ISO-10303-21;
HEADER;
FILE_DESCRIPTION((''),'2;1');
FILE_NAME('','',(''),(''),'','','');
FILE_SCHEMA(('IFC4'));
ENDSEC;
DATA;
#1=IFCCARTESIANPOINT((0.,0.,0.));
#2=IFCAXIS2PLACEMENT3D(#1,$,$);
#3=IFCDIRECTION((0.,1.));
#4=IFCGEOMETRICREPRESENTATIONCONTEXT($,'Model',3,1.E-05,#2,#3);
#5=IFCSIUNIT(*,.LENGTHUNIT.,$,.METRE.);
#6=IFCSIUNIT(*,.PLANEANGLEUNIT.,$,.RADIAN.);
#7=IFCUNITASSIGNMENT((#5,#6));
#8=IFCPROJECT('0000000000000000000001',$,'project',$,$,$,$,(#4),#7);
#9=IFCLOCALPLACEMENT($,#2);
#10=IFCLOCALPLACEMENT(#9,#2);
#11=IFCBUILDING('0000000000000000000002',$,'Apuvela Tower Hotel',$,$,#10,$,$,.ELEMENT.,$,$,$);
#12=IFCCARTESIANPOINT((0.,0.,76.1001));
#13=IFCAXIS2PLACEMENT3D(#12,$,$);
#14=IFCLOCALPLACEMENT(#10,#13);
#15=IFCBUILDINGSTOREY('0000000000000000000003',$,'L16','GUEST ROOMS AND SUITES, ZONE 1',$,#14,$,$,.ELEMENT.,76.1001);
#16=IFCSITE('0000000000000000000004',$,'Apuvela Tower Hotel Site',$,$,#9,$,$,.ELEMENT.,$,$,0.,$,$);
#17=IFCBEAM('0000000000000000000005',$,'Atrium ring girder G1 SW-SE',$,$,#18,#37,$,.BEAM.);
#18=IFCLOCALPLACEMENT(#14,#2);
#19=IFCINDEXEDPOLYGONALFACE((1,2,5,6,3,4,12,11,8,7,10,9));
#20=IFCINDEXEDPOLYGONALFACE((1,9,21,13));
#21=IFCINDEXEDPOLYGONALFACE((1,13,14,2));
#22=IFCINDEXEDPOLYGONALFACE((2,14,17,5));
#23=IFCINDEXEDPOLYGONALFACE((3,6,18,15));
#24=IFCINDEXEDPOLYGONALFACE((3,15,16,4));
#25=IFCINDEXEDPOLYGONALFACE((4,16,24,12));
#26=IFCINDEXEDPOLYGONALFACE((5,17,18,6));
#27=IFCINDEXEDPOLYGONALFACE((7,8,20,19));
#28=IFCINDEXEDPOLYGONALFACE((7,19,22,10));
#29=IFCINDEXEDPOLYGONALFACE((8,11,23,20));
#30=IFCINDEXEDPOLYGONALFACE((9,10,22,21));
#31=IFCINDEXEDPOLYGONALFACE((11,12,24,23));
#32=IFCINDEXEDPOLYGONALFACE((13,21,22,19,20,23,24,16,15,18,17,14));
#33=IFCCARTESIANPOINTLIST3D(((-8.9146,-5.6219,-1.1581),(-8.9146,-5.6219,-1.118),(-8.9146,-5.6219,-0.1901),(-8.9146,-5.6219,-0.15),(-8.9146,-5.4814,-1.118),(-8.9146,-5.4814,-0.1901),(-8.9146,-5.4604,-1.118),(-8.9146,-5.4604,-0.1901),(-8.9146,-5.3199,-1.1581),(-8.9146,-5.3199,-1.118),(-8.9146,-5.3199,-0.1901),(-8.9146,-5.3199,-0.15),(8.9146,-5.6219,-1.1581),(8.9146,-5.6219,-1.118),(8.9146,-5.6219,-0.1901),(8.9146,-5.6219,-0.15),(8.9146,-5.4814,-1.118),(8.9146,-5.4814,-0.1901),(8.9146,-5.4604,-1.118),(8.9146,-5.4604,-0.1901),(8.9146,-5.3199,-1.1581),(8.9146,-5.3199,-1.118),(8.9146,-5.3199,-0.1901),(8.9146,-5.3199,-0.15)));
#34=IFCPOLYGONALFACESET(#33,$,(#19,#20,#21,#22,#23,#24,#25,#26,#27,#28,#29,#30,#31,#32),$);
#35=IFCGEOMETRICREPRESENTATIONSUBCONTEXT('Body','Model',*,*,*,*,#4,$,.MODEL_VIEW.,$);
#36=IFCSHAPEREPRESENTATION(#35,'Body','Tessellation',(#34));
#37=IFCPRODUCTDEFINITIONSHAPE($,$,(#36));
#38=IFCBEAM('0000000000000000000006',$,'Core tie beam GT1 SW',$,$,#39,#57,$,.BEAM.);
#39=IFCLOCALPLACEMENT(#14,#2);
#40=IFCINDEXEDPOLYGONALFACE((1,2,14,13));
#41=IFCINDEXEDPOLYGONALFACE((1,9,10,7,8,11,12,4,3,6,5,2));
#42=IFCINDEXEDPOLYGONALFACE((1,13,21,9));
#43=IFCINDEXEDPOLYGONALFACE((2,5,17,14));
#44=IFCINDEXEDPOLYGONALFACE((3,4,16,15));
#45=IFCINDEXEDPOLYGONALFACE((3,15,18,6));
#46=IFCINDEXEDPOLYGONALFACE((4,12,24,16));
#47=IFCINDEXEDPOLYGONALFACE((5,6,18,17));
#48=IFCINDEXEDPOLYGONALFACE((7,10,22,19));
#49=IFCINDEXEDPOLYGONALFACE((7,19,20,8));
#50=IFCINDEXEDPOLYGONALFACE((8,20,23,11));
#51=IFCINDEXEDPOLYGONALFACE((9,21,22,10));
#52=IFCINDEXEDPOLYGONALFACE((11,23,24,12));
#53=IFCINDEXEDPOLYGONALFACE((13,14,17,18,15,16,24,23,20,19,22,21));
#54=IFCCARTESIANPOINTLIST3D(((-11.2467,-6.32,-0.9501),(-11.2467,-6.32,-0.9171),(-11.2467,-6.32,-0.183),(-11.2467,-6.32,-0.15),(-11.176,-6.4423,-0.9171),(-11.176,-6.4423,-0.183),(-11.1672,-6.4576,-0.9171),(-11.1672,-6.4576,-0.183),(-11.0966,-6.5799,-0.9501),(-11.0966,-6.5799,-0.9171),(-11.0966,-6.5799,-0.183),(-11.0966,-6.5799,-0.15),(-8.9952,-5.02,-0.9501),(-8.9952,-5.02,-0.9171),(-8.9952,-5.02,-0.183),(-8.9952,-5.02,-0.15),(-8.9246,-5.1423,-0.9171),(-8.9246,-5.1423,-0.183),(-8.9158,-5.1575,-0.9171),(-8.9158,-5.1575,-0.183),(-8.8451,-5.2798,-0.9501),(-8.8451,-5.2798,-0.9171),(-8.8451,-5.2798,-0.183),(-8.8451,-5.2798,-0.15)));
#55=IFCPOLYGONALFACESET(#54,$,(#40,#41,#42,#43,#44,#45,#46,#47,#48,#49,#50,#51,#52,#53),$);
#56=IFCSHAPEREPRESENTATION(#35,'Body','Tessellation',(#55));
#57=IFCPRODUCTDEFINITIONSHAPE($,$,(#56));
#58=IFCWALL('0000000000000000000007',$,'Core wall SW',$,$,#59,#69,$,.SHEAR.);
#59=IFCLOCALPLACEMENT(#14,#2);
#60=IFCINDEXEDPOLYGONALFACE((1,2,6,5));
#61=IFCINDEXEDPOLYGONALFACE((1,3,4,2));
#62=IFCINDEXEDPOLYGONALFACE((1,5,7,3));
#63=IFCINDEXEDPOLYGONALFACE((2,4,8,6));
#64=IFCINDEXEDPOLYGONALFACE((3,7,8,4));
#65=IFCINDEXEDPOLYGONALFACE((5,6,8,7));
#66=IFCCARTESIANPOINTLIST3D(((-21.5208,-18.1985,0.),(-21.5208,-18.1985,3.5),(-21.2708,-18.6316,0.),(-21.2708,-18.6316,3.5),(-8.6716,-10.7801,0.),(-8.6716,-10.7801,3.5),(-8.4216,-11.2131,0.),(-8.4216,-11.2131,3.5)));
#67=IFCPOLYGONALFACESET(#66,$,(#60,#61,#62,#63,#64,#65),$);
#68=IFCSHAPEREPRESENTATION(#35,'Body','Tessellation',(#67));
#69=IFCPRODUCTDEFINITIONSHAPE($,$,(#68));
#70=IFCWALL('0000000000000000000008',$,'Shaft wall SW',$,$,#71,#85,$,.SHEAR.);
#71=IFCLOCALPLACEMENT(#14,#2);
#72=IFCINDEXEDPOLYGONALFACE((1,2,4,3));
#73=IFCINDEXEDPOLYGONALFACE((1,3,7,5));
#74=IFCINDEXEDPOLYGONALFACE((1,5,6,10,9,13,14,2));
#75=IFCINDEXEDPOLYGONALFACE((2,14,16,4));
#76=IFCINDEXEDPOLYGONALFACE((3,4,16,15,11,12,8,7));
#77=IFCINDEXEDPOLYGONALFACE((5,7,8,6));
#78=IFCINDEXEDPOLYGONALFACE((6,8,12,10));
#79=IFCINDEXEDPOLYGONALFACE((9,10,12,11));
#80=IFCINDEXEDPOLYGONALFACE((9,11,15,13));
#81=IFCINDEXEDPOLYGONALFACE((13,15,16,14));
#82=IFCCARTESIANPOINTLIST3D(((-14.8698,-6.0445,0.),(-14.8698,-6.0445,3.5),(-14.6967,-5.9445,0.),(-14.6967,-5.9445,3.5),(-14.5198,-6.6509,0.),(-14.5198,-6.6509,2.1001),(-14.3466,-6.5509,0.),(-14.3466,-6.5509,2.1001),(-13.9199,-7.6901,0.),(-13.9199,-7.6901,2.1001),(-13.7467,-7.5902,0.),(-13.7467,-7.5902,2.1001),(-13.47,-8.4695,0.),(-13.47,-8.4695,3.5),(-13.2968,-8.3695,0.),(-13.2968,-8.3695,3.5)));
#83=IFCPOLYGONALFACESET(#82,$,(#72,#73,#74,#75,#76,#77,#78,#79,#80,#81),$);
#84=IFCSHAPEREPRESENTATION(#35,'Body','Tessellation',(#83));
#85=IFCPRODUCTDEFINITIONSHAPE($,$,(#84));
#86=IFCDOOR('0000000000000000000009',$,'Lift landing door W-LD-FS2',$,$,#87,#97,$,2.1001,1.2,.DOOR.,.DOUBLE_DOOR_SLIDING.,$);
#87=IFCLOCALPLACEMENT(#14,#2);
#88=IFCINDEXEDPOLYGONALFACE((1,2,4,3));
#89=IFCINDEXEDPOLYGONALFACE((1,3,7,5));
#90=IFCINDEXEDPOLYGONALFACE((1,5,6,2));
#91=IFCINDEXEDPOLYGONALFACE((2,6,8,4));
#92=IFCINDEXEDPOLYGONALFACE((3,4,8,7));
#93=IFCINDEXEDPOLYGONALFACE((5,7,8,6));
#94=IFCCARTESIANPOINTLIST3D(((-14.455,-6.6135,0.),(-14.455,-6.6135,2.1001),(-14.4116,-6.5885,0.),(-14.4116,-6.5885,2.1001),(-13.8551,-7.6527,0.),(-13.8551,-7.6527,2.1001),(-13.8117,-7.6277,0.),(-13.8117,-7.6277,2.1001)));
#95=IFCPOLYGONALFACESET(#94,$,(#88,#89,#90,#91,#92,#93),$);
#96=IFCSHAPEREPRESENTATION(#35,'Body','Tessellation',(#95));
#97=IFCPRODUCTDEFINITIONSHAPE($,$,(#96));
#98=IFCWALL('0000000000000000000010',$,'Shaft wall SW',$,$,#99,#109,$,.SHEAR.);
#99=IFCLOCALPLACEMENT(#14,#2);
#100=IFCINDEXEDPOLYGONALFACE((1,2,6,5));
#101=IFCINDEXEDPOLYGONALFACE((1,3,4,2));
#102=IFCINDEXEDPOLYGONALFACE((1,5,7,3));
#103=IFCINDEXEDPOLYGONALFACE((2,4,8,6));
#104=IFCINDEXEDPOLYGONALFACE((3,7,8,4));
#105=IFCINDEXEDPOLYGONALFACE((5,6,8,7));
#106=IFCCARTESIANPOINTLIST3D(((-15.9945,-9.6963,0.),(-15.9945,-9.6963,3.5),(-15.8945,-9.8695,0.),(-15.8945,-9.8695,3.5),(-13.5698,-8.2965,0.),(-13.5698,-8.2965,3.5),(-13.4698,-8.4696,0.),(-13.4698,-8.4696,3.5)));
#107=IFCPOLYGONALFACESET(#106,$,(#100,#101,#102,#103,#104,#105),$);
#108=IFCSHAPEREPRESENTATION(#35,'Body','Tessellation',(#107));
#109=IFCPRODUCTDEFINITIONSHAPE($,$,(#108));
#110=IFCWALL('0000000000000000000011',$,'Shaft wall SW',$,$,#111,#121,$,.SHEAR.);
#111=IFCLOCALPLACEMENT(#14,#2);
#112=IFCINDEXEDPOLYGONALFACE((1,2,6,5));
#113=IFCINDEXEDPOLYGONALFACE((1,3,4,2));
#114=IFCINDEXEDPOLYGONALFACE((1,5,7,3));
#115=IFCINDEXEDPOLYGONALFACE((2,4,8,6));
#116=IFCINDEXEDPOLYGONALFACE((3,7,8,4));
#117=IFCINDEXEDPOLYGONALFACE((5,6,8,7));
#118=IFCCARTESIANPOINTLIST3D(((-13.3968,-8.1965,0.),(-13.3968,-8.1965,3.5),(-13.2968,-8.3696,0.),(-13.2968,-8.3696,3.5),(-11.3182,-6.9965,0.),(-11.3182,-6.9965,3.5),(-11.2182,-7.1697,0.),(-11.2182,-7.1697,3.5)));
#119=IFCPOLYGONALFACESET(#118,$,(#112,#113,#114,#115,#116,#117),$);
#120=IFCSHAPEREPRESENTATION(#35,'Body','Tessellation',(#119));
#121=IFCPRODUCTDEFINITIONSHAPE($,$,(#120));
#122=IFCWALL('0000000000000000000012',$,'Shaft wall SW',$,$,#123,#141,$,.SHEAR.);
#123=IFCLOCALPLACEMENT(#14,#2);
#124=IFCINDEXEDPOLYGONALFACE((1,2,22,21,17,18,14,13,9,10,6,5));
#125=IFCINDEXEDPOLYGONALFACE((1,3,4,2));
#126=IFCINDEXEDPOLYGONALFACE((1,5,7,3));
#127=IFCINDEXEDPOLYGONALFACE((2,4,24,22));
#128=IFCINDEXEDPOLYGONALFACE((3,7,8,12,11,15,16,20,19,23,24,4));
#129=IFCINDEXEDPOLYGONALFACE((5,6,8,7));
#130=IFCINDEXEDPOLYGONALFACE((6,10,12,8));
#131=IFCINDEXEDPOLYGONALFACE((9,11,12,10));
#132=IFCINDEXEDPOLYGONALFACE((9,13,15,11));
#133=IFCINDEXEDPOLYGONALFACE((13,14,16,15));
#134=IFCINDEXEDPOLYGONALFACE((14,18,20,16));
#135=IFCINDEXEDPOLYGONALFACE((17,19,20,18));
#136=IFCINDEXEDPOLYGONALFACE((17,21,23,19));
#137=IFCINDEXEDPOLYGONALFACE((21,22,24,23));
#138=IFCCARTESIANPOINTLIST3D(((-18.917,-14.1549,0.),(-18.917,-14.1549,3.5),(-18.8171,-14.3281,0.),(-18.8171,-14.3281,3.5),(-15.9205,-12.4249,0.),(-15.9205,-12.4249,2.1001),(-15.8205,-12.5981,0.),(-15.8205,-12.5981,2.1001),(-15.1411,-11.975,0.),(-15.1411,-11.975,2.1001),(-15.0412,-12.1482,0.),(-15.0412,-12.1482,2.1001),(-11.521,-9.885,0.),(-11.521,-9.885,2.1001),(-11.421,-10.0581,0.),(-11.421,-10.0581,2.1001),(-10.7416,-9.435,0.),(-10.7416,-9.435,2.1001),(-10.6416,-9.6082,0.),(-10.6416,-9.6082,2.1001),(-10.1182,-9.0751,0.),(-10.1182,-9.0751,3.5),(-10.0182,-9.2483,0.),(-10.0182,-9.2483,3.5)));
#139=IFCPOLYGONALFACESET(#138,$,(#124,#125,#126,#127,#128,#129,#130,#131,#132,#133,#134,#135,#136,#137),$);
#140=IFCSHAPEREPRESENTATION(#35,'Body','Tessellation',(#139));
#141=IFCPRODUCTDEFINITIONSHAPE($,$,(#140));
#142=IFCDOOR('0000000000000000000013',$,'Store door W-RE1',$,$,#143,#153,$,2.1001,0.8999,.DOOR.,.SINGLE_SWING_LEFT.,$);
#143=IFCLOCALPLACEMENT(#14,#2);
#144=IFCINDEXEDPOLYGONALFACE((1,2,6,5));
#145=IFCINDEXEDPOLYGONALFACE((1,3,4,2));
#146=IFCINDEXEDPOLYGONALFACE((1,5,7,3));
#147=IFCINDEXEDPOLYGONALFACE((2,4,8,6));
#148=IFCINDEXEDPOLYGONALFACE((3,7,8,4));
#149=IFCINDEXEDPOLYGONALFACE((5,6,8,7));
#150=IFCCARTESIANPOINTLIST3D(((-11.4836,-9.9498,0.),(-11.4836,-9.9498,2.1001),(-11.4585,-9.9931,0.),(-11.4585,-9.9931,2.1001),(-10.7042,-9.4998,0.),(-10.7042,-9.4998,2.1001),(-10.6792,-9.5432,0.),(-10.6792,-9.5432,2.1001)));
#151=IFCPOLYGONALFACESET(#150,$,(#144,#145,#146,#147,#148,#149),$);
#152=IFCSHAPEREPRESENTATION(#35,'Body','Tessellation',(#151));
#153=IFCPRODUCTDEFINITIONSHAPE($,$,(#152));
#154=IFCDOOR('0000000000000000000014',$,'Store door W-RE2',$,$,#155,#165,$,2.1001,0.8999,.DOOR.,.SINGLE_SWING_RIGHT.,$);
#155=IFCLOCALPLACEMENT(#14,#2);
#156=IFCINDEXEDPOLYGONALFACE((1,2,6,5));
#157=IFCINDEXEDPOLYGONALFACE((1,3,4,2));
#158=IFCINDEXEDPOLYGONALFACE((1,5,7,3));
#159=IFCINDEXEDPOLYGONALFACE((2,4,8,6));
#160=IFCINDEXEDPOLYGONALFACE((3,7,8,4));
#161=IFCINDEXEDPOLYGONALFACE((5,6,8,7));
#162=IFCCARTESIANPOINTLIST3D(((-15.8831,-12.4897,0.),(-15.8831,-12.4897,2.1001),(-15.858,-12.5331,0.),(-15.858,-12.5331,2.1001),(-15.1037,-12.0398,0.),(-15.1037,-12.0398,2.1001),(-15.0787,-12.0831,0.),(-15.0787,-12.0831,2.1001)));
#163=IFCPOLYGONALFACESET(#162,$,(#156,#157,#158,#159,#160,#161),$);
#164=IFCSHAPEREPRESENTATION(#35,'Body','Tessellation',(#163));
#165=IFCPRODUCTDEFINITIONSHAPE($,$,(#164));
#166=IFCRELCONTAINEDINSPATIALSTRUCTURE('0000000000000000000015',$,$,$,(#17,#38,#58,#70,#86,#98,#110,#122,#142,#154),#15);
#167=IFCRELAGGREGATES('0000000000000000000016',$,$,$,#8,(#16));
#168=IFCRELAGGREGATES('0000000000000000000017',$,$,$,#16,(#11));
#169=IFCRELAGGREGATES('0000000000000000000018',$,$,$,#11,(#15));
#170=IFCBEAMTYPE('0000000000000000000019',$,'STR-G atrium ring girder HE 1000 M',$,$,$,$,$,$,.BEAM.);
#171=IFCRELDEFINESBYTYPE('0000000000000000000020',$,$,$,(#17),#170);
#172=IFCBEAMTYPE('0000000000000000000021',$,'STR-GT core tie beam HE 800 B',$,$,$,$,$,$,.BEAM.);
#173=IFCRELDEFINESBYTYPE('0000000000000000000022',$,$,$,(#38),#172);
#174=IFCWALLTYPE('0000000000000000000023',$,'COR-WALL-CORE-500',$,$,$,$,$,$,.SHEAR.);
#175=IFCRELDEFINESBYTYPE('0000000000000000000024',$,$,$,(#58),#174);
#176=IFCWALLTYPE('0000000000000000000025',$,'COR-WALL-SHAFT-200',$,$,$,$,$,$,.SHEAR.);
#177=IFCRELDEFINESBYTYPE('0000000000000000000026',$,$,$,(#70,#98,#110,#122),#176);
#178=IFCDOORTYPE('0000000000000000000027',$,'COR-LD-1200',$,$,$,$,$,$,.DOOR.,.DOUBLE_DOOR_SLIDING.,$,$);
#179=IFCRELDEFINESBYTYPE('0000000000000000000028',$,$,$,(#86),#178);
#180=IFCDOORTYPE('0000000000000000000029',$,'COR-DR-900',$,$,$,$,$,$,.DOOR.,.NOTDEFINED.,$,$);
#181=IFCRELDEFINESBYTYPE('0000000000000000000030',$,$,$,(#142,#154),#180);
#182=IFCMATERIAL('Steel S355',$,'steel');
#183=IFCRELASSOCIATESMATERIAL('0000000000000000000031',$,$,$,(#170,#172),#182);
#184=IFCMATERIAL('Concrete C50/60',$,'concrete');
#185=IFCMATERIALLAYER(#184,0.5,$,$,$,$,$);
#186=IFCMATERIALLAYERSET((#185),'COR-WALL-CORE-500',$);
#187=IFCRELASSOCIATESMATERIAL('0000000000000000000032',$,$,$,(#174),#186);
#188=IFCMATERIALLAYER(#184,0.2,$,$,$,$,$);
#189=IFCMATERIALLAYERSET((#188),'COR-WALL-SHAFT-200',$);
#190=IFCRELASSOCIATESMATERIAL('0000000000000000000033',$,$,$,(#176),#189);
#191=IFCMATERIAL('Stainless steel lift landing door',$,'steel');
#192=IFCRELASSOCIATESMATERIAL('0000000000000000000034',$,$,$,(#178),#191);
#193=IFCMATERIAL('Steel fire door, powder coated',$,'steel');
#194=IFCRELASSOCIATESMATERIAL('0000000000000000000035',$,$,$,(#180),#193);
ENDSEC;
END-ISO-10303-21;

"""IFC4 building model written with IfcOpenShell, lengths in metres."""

from ifc_helpers import new_model, si_unit, direction, frame, frame_2d, origin, origin_2d, place, context, subcontext, project, spatial, rectangle, i_section, extrude, material, layer, layer_set, material_profile, profile_set, type_object, element, fill, save


model = new_model("IFC4")

# Units and contexts
model_context = context("Model", 3, precision=1e-05, world=origin(), true_north=direction((0.0, 1.0)))
body_context = subcontext(model_context, "Body", "Model", "MODEL_VIEW")
ifc_project = project(units=[si_unit("LENGTHUNIT", "METRE"), si_unit("PLANEANGLEUNIT", "RADIAN")], contexts=[model_context])

# Site, building, storey
site_placement = place(None, origin())
site = spatial("IfcSite", under=ifc_project, at=site_placement, Name="Apuvela Tower Hotel Site", CompositionType="ELEMENT", RefElevation=0.0)
building_placement = place(site_placement, origin())
building = spatial("IfcBuilding", under=site, at=building_placement, Name="Apuvela Tower Hotel", CompositionType="ELEMENT")
storey_placement = place(building_placement, frame((0.0, 0.0, 76.1001)))
storey = spatial("IfcBuildingStorey", under=building, at=storey_placement, Name="L16", Description="GUEST ROOMS AND SUITES, ZONE 1", CompositionType="ELEMENT", Elevation=76.1001)

# Beams
ifc_material_1 = material(Name="Steel S355", Category="steel")
ifc_material_profile_1 = material_profile(ifc_material_1, i_section(OverallWidth=0.302, OverallDepth=1.0081, WebThickness=0.021, FlangeThickness=0.04, at=origin_2d()), Name="HE 1000 M")
ifc_profile_set_1 = profile_set([ifc_material_profile_1], Name="Steel S355")
beam_type_1 = type_object("IfcBeamType", Name="STR-G atrium ring girder HE 1000 M", PredefinedType="BEAM", material=ifc_profile_set_1)
beam_1_placement = place(storey_placement, frame((-8.9146, -5.4709, -0.6541), z_axis=(1.0, 0.0, 0.0), x_axis=(0.0, 1.0, 0.0)))
element("IfcBeam", 1, at=beam_1_placement, inside=storey, type_object=beam_type_1, Name="Atrium ring girder G1 SW-SE", PredefinedType="BEAM", context=body_context, shape_type="SweptSolid", body=[
    extrude(i_section(OverallWidth=0.302, OverallDepth=1.0081, WebThickness=0.021, FlangeThickness=0.04, at=origin_2d()), origin(), (0.0, 0.0, 1.0), 17.8291),
])
ifc_material_profile_2 = material_profile(ifc_material_1, i_section(OverallWidth=0.3, OverallDepth=0.8, WebThickness=0.0176, FlangeThickness=0.033, at=origin_2d()), Name="HE 800 B")
ifc_profile_set_2 = profile_set([ifc_material_profile_2], Name="Steel S355")
beam_type_2 = type_object("IfcBeamType", Name="STR-GT core tie beam HE 800 B", PredefinedType="BEAM", material=ifc_profile_set_2)
beam_2_placement = place(storey_placement, frame((-11.1716, -6.45, -0.55), z_axis=(0.865998, 0.500048, 0.0), x_axis=(-0.500048, 0.865998, 0.0)))
element("IfcBeam", 2, at=beam_2_placement, inside=storey, type_object=beam_type_2, Name="Core tie beam GT1 SW", PredefinedType="BEAM", context=body_context, shape_type="SweptSolid", body=[
    extrude(i_section(OverallWidth=0.3, OverallDepth=0.8, WebThickness=0.0176, FlangeThickness=0.033, at=origin_2d()), origin(), (0.0, 0.0, 1.0), 2.5999),
])

# Wall
ifc_material_2 = material(Name="Concrete C50/60", Category="concrete")
ifc_layer_1 = layer(ifc_material_2, 0.5)
ifc_layer_set_1 = layer_set([ifc_layer_1], Name="COR-WALL-CORE-500")
wall_type_1 = type_object("IfcWallType", Name="COR-WALL-CORE-500", PredefinedType="SHEAR", material=ifc_layer_set_1)
wall_1_placement = place(storey_placement, frame((-8.5466, -10.9966, 0.0), z_axis=(0.0, 0.0, 1.0), x_axis=(-0.866025, -0.500001, 0.0)))
element("IfcWall", 3, at=wall_1_placement, inside=storey, type_object=wall_type_1, Name="Core wall SW", PredefinedType="SHEAR", context=body_context, shape_type="SweptSolid", body=[
    extrude(rectangle(XDim=14.8369, YDim=0.5, at=frame_2d((7.4185, 0.0))), origin(), (0.0, 0.0, 1.0), 3.5),
])

# Wall, opening, door
ifc_layer_2 = layer(ifc_material_2, 0.2)
ifc_layer_set_2 = layer_set([ifc_layer_2], Name="COR-WALL-SHAFT-200")
wall_type_2 = type_object("IfcWallType", Name="COR-WALL-SHAFT-200", PredefinedType="SHEAR", material=ifc_layer_set_2)
wall_2_placement = place(storey_placement, frame((-14.7832, -5.9946, 0.0), z_axis=(0.0, 0.0, 1.0), x_axis=(0.499946, -0.866056, 0.0)))
wall_2 = element("IfcWall", 4, at=wall_2_placement, inside=storey, type_object=wall_type_2, Name="Shaft wall SW", PredefinedType="SHEAR", context=body_context, shape_type="SweptSolid", body=[
    extrude(rectangle(XDim=2.8, YDim=0.2, at=frame_2d((1.3999, 0.0))), origin(), (0.0, 0.0, 1.0), 3.5),
])
opening_1_placement = place(wall_2_placement, frame((0.7, 0.0, 0.0)))
opening_1 = element("IfcOpeningElement", 5, at=opening_1_placement, cuts=wall_2, PredefinedType="OPENING", context=body_context, shape_type="SweptSolid", body=[
    extrude(rectangle(XDim=1.2, YDim=2.1001, at=frame_2d((0.6001, 1.05))), frame((0.0, 0.1099, 0.0), z_axis=(0.0, -1.0, 0.0), x_axis=(1.0, 0.0, 0.0)), (0.0, 0.0, 1.0), 0.22),
])
ifc_material_3 = material(Name="Stainless steel lift landing door", Category="steel")
door_type_1 = type_object("IfcDoorType", Name="COR-LD-1200", OperationType="DOUBLE_DOOR_SLIDING", PredefinedType="DOOR", material=ifc_material_3)
door_1_placement = place(opening_1_placement, origin())
door_1 = element("IfcDoor", 6, at=door_1_placement, inside=storey, type_object=door_type_1, Name="Lift landing door W-LD-FS2", OperationType="DOUBLE_DOOR_SLIDING", OverallHeight=2.1001, OverallWidth=1.2, PredefinedType="DOOR", context=body_context, shape_type="SweptSolid", body=[
    extrude(rectangle(XDim=1.2, YDim=2.1001, at=frame_2d((0.6001, 1.05))), frame((0.0, 0.0249, 0.0), z_axis=(0.0, -1.0, 0.0), x_axis=(1.0, 0.0, 0.0)), (0.0, 0.0, 1.0), 0.05),
])
fill(opening_1, door_1)

# Walls
wall_3_placement = place(storey_placement, frame((-13.5198, -8.3831, 0.0), z_axis=(0.0, 0.0, 1.0), x_axis=(-0.866035, -0.499984, 0.0)))
element("IfcWall", 7, at=wall_3_placement, inside=storey, type_object=wall_type_2, Name="Shaft wall SW", PredefinedType="SHEAR", context=body_context, shape_type="SweptSolid", body=[
    extrude(rectangle(XDim=2.7998, YDim=0.2, at=frame_2d((1.3999, 0.0))), origin(), (0.0, 0.0, 1.0), 3.5),
])
wall_4_placement = place(storey_placement, frame((-11.2681, -7.083, 0.0), z_axis=(0.0, 0.0, 1.0), x_axis=(-0.86605, -0.499957, 0.0)))
element("IfcWall", 8, at=wall_4_placement, inside=storey, type_object=wall_type_2, Name="Shaft wall SW", PredefinedType="SHEAR", context=body_context, shape_type="SweptSolid", body=[
    extrude(rectangle(XDim=2.4001, YDim=0.2, at=frame_2d((1.2002, 0.0))), origin(), (0.0, 0.0, 1.0), 3.5),
])

# Wall, openings, doors
wall_5_placement = place(storey_placement, frame((-10.0681, -9.1616, 0.0), z_axis=(0.0, 0.0, 1.0), x_axis=(-0.866033, -0.499987, 0.0)))
wall_5 = element("IfcWall", 9, at=wall_5_placement, inside=storey, type_object=wall_type_2, Name="Shaft wall SW", PredefinedType="SHEAR", context=body_context, shape_type="SweptSolid", body=[
    extrude(rectangle(XDim=10.1599, YDim=0.2, at=frame_2d((5.0801, 0.0))), origin(), (0.0, 0.0, 1.0), 3.5),
])
opening_2_placement = place(wall_5_placement, frame((0.72, 0.0, 0.0)))
opening_2 = element("IfcOpeningElement", 10, at=opening_2_placement, cuts=wall_5, PredefinedType="OPENING", context=body_context, shape_type="SweptSolid", body=[
    extrude(rectangle(XDim=0.8999, YDim=2.1001, at=frame_2d((0.45, 1.05))), frame((0.0, 0.1099, 0.0), z_axis=(0.0, -1.0, 0.0), x_axis=(1.0, 0.0, 0.0)), (0.0, 0.0, 1.0), 0.22),
])
opening_3_placement = place(wall_5_placement, frame((5.8, 0.0, 0.0)))
opening_3 = element("IfcOpeningElement", 11, at=opening_3_placement, cuts=wall_5, PredefinedType="OPENING", context=body_context, shape_type="SweptSolid", body=[
    extrude(rectangle(XDim=0.8999, YDim=2.1001, at=frame_2d((0.45, 1.05))), frame((0.0, 0.1099, 0.0), z_axis=(0.0, -1.0, 0.0), x_axis=(1.0, 0.0, 0.0)), (0.0, 0.0, 1.0), 0.22),
])
ifc_material_4 = material(Name="Steel fire door, powder coated", Category="steel")
door_type_2 = type_object("IfcDoorType", Name="COR-DR-900", OperationType="NOTDEFINED", PredefinedType="DOOR", material=ifc_material_4)
door_2_placement = place(opening_2_placement, origin())
door_2 = element("IfcDoor", 12, at=door_2_placement, inside=storey, type_object=door_type_2, Name="Store door W-RE1", OperationType="SINGLE_SWING_LEFT", OverallHeight=2.1001, OverallWidth=0.8999, PredefinedType="DOOR", context=body_context, shape_type="SweptSolid", body=[
    extrude(rectangle(XDim=0.8999, YDim=2.1001, at=frame_2d((0.45, 1.05))), frame((0.0, 0.0249, 0.0), z_axis=(0.0, -1.0, 0.0), x_axis=(1.0, 0.0, 0.0)), (0.0, 0.0, 1.0), 0.05),
])
fill(opening_2, door_2)
door_3_placement = place(opening_3_placement, origin())
door_3 = element("IfcDoor", 13, at=door_3_placement, inside=storey, type_object=door_type_2, Name="Store door W-RE2", OperationType="SINGLE_SWING_RIGHT", OverallHeight=2.1001, OverallWidth=0.8999, PredefinedType="DOOR", context=body_context, shape_type="SweptSolid", body=[
    extrude(rectangle(XDim=0.8999, YDim=2.1001, at=frame_2d((0.45, 1.05))), frame((0.0, 0.0249, 0.0), z_axis=(0.0, -1.0, 0.0), x_axis=(1.0, 0.0, 0.0)), (0.0, 0.0, 1.0), 0.05),
])
fill(opening_3, door_3)

save(model, "model.ifc")
